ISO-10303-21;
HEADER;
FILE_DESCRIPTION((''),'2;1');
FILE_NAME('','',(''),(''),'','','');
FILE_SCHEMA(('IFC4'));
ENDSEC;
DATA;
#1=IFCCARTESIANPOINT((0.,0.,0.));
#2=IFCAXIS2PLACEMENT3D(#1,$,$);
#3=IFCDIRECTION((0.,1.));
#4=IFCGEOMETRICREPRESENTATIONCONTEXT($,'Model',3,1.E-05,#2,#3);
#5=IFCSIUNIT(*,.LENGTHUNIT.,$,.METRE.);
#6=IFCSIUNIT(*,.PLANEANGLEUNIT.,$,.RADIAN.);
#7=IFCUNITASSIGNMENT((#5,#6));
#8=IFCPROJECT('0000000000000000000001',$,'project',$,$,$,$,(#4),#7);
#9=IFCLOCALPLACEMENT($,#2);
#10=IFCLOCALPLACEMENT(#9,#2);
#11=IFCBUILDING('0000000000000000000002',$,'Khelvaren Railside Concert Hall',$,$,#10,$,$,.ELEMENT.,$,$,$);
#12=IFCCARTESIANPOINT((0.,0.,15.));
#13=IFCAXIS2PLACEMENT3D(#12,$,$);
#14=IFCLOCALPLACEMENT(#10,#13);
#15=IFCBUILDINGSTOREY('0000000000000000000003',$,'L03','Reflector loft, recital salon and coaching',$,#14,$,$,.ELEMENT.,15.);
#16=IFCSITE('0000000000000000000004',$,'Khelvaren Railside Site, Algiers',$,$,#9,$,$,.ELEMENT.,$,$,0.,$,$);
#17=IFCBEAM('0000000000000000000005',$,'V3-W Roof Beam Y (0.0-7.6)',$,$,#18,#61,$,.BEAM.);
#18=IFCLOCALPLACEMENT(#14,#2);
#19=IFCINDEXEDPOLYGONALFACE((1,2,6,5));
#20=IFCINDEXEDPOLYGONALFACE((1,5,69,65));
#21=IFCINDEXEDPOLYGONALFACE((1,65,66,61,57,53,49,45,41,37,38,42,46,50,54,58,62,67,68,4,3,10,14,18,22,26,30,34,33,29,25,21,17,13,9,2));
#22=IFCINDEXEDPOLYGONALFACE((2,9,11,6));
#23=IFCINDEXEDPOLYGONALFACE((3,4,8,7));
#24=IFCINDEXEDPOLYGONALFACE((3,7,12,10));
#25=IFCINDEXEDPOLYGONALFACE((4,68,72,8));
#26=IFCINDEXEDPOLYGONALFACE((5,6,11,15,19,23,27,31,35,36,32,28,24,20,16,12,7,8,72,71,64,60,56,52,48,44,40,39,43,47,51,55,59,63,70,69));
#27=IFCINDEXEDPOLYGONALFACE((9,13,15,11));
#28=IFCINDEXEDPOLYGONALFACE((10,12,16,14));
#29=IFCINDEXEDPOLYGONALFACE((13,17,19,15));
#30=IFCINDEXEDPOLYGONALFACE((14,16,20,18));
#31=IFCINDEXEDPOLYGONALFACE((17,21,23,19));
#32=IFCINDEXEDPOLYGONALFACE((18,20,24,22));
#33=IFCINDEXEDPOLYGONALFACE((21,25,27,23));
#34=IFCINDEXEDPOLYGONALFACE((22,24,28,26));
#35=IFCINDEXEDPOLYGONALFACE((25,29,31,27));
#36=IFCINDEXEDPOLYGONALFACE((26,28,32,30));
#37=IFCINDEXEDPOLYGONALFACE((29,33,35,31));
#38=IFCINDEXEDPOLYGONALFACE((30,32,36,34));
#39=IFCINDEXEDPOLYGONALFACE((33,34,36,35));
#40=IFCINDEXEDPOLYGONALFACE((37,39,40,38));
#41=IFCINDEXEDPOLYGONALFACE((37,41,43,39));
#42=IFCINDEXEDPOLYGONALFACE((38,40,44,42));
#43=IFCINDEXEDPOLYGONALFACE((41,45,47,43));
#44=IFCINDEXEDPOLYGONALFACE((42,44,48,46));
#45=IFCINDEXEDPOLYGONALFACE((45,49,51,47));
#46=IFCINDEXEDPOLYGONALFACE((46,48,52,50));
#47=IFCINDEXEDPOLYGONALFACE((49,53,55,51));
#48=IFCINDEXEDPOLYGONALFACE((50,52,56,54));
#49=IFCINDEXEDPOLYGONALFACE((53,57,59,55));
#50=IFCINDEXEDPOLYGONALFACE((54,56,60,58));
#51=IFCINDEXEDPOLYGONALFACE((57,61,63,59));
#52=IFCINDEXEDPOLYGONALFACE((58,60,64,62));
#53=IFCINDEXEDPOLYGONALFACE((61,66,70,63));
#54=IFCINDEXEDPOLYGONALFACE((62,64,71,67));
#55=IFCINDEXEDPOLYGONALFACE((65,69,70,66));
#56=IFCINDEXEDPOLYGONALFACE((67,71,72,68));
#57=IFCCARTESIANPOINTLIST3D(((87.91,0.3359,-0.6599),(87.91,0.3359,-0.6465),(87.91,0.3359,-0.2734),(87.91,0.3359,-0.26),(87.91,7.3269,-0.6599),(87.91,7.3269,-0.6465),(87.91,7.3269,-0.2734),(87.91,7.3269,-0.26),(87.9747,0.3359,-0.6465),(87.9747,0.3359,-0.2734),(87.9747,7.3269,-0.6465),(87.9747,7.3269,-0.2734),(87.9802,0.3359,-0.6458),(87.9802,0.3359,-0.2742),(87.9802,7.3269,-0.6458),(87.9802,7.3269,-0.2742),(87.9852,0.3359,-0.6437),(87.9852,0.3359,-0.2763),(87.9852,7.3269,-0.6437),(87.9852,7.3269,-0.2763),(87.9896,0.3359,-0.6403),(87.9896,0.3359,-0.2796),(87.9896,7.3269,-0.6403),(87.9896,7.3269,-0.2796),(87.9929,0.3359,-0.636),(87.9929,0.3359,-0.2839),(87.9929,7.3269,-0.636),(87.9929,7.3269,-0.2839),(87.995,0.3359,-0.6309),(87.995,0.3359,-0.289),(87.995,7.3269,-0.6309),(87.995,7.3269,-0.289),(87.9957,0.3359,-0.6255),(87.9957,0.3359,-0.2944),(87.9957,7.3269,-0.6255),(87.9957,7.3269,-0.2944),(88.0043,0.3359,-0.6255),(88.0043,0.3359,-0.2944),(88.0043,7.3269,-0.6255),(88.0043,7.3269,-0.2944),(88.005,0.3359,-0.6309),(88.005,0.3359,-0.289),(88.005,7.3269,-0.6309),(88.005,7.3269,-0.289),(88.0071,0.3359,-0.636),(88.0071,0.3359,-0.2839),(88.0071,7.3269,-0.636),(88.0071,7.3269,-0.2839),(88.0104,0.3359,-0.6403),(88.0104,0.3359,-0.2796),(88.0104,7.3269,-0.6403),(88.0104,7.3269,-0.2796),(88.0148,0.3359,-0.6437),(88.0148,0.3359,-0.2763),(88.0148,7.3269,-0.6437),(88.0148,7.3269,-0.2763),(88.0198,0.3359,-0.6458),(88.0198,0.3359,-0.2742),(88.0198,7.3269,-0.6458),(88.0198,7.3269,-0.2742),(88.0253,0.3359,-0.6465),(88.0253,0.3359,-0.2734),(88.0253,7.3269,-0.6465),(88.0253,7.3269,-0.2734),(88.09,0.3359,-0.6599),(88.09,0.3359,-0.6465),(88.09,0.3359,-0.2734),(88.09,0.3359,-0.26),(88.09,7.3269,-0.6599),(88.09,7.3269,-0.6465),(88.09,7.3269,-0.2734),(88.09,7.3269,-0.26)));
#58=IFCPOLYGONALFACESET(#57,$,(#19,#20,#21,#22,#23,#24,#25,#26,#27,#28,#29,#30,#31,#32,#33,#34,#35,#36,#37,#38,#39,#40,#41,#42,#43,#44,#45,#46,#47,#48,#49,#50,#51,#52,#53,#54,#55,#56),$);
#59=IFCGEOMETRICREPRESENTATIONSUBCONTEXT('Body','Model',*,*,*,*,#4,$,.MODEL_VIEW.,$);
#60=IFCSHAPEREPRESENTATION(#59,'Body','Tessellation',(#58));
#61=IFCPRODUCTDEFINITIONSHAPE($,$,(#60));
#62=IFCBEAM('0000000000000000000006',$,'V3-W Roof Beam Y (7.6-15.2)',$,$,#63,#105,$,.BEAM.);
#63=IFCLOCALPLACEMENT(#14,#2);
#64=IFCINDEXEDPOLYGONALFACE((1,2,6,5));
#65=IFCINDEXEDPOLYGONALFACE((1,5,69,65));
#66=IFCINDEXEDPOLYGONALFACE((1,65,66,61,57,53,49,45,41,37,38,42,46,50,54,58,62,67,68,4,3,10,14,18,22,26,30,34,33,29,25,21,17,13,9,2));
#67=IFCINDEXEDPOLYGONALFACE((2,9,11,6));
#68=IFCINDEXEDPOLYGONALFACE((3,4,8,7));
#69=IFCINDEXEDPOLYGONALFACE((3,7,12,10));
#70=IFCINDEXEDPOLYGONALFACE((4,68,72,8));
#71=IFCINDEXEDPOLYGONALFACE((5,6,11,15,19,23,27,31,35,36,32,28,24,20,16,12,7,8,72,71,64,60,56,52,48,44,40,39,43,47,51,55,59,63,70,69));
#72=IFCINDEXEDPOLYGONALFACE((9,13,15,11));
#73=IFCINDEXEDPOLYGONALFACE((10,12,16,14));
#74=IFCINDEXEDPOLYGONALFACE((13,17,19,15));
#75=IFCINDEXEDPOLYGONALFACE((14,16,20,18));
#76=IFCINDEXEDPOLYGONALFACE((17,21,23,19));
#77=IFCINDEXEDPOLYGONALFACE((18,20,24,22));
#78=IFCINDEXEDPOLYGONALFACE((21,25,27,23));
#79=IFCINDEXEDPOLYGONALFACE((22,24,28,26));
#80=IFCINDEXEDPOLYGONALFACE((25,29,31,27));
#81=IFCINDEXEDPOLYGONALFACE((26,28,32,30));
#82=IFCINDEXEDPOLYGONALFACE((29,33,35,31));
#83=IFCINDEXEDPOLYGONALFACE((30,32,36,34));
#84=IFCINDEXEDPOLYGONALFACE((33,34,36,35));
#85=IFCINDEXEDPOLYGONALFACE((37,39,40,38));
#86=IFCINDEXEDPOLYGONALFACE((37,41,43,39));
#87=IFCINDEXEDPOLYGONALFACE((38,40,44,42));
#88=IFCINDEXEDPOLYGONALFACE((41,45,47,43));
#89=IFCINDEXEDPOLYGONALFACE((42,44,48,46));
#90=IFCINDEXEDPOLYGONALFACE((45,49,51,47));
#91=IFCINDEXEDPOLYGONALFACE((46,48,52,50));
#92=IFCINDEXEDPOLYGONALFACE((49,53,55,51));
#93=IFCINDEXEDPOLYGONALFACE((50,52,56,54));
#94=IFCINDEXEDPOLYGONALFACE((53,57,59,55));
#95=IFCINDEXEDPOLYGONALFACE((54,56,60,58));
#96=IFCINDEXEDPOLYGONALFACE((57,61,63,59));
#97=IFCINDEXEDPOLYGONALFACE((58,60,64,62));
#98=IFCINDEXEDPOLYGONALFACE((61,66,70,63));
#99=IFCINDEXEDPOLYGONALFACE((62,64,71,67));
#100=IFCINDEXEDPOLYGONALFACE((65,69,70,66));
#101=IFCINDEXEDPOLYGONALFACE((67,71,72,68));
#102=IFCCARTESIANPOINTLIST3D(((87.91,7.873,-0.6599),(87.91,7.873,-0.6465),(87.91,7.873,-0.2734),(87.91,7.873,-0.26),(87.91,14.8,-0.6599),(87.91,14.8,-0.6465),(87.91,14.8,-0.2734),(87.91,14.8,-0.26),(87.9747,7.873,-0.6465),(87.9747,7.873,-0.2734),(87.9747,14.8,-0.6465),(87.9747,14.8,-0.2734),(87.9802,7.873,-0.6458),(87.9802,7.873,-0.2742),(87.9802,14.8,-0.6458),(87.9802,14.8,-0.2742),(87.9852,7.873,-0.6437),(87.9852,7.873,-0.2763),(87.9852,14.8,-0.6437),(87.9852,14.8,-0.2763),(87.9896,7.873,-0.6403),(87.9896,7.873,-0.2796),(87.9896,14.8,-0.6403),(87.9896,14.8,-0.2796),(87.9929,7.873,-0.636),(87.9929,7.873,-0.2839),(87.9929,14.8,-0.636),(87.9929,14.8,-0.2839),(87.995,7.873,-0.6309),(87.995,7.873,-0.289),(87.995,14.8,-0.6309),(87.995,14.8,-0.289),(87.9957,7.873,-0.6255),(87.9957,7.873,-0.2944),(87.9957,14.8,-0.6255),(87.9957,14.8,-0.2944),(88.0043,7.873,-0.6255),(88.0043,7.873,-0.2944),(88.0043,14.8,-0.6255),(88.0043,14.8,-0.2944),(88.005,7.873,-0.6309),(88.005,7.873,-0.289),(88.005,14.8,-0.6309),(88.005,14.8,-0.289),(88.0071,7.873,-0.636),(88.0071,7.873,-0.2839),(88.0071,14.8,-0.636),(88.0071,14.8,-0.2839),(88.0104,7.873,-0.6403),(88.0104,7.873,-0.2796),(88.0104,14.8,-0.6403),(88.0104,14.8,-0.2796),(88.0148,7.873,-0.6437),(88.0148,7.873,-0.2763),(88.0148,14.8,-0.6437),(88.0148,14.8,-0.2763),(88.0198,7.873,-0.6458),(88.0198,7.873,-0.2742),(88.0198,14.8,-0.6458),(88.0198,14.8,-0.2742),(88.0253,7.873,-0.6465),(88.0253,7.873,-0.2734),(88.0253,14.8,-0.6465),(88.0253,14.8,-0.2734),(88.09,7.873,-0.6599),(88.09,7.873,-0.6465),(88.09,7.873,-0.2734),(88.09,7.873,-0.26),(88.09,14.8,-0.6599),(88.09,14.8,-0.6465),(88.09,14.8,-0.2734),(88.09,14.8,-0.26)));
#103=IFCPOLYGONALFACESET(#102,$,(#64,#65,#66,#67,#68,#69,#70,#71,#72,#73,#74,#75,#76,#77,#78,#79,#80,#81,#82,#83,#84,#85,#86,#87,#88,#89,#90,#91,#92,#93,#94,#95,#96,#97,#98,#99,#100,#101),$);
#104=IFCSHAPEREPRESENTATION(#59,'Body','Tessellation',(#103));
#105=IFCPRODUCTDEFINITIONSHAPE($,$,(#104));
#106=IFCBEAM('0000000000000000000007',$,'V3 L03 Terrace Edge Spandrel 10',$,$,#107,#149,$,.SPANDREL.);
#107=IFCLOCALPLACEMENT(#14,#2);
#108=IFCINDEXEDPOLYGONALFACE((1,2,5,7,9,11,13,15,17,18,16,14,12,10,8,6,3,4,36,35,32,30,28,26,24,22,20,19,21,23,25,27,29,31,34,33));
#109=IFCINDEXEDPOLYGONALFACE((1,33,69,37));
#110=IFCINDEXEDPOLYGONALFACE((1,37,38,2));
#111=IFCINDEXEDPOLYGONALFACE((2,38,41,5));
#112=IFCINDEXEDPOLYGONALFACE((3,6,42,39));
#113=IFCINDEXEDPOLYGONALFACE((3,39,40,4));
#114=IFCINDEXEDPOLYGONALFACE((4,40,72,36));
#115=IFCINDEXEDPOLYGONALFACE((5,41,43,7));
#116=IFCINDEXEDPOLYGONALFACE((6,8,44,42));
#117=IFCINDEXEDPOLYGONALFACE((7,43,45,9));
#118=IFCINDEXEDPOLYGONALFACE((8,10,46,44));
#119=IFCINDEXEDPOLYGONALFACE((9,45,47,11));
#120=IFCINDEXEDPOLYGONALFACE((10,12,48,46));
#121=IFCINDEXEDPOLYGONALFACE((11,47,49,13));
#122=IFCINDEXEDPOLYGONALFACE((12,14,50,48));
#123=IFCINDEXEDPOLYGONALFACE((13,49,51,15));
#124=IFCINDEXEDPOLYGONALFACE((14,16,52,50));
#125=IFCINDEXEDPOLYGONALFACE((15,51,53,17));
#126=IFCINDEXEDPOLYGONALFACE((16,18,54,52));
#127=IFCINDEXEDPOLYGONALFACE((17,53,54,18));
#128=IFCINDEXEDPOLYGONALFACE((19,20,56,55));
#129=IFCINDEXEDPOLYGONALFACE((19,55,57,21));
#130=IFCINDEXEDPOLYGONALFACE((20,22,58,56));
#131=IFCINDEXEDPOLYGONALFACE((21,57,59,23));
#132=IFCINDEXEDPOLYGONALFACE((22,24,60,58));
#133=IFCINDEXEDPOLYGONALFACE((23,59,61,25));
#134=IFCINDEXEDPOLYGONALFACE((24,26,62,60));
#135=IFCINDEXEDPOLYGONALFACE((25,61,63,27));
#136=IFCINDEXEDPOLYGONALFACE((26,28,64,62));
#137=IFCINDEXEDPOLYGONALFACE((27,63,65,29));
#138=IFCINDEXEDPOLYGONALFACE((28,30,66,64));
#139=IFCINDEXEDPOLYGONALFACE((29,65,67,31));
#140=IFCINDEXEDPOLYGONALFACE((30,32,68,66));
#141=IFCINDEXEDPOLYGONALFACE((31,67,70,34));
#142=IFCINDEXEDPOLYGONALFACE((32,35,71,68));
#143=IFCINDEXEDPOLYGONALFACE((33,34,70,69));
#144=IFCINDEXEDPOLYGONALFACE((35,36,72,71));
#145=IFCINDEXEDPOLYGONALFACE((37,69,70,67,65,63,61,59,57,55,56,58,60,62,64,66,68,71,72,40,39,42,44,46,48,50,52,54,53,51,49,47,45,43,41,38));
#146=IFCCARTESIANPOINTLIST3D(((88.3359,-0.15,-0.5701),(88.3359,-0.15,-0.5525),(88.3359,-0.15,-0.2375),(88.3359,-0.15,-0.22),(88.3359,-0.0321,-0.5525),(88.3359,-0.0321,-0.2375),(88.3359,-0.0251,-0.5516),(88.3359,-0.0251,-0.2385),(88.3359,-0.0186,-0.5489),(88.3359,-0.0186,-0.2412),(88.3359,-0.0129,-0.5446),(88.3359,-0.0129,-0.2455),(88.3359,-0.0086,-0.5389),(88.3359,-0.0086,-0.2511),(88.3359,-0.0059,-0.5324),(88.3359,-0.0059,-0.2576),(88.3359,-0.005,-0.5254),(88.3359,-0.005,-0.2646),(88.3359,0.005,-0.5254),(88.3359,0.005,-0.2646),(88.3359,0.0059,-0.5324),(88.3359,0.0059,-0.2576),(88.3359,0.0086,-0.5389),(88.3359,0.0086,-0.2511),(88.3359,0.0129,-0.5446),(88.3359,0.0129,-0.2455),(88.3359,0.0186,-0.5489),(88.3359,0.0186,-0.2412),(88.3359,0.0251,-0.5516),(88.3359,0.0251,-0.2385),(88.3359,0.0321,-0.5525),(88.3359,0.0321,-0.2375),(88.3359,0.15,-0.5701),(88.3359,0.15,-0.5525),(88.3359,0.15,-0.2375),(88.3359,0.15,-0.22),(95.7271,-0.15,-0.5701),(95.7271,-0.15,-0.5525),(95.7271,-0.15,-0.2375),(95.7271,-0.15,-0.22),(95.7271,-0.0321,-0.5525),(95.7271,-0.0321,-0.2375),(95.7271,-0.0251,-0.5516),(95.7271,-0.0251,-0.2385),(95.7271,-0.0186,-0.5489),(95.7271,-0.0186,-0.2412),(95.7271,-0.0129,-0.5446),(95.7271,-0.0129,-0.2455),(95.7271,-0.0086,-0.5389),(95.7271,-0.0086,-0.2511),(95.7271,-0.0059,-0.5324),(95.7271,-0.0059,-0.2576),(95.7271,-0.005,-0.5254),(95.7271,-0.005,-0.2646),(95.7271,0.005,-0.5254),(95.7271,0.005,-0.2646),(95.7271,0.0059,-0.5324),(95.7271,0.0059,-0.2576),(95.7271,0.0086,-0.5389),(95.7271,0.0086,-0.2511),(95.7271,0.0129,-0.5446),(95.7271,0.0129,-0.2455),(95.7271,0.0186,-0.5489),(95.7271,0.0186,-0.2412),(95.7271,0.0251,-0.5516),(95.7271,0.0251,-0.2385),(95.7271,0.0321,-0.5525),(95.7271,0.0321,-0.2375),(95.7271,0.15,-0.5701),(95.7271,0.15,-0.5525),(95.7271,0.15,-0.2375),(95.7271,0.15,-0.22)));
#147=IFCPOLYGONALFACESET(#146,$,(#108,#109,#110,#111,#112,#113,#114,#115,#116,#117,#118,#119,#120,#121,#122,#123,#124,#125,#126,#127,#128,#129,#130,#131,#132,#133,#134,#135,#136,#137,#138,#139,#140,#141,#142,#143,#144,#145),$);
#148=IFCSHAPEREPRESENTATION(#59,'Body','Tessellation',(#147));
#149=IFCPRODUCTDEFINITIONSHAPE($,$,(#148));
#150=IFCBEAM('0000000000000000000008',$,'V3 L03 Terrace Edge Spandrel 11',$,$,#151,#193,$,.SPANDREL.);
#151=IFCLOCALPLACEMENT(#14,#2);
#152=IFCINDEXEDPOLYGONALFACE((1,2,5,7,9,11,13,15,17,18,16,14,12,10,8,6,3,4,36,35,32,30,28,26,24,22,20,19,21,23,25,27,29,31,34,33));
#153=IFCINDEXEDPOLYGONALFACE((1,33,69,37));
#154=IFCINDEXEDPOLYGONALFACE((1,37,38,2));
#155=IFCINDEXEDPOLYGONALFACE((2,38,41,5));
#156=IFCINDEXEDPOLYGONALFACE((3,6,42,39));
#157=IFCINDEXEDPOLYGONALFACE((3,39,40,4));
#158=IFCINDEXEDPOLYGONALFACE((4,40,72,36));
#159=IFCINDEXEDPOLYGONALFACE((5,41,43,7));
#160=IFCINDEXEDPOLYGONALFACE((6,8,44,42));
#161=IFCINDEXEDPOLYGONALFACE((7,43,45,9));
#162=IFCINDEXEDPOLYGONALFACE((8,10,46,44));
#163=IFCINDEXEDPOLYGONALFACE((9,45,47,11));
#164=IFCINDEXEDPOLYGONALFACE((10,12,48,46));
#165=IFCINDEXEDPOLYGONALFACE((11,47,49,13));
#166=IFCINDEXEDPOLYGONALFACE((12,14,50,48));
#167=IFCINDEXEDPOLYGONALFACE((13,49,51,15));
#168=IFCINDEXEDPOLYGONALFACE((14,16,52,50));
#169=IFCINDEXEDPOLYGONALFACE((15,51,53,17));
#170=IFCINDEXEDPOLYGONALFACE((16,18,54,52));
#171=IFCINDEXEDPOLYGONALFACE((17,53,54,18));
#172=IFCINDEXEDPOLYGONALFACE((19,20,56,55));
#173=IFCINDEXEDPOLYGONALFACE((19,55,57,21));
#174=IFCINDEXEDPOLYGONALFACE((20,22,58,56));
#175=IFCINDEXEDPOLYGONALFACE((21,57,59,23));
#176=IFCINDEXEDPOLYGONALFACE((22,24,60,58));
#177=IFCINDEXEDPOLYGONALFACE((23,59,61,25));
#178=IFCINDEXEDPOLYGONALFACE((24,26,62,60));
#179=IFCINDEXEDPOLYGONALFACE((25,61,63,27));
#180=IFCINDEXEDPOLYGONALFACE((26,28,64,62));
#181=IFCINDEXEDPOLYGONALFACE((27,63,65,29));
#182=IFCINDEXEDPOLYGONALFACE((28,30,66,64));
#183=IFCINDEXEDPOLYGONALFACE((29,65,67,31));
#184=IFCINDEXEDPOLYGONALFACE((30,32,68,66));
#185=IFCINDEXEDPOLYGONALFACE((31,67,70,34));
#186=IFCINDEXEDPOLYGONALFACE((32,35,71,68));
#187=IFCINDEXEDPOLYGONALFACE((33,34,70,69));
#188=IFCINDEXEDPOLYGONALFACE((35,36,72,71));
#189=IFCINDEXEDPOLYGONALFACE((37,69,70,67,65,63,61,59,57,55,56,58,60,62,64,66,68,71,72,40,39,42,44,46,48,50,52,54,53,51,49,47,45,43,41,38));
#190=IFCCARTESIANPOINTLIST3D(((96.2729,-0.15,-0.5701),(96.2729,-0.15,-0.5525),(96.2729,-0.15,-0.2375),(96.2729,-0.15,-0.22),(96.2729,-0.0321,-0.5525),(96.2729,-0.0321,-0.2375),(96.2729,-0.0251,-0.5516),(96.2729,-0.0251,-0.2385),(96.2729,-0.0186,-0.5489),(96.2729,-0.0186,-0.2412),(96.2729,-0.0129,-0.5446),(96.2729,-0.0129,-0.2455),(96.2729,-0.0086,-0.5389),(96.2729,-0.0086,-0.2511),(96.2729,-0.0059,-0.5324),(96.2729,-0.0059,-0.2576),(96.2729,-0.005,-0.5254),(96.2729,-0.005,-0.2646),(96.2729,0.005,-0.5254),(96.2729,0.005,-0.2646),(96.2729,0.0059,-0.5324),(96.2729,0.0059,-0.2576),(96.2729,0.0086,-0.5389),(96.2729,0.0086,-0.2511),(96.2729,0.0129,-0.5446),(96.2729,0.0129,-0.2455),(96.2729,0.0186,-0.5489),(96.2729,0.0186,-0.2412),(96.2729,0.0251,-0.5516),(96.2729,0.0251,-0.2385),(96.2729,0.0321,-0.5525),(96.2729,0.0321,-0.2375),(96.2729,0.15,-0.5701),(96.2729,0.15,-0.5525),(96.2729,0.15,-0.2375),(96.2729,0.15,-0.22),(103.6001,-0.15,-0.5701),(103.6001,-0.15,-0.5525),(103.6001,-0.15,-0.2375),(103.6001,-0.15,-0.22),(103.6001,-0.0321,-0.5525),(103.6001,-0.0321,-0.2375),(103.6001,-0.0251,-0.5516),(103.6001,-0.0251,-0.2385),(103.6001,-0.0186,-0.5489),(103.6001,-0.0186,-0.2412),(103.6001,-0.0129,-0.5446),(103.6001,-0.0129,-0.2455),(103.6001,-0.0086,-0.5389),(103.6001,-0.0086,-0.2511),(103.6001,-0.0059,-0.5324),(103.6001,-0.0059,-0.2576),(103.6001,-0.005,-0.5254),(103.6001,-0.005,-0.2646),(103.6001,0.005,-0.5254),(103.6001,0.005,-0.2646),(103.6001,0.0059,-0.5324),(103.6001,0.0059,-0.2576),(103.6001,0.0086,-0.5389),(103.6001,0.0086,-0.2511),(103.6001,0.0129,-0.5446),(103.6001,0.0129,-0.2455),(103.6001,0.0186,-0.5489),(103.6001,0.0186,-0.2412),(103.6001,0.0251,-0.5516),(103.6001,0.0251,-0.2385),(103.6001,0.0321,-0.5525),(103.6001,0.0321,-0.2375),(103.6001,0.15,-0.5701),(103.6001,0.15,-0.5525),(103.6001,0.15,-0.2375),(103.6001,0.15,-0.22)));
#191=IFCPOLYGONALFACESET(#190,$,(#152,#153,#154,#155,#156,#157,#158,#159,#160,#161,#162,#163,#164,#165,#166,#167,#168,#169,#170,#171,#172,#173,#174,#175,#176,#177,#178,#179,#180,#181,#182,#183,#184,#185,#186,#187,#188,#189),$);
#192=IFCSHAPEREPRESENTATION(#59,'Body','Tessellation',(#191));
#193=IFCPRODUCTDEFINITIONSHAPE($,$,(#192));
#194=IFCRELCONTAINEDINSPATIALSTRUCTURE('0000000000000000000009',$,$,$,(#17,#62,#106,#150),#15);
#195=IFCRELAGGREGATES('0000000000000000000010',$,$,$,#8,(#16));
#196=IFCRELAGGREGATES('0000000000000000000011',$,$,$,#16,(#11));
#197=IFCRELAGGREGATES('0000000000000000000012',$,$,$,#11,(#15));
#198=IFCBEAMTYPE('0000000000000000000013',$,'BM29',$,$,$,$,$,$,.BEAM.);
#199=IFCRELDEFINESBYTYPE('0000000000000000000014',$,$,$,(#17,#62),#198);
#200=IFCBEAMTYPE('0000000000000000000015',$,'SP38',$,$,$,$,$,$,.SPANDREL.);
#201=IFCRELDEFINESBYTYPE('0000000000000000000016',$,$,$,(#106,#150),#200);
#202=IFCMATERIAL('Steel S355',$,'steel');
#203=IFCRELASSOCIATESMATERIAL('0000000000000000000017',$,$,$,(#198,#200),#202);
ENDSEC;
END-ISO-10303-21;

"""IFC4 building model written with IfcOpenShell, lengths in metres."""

from ifc_helpers import new_model, si_unit, direction, frame, origin, origin_2d, place, context, subcontext, project, spatial, i_section, extrude, material, material_profile, profile_set, type_object, element, save


model = new_model("IFC4")

# Units and contexts
model_context = context("Model", 3, precision=1e-05, world=origin(), true_north=direction((0.0, 1.0)))
body_context = subcontext(model_context, "Body", "Model", "MODEL_VIEW")
ifc_project = project(units=[si_unit("LENGTHUNIT", "METRE"), si_unit("PLANEANGLEUNIT", "RADIAN")], contexts=[model_context])

# Site, building, storey
site_placement = place(None, origin())
site = spatial("IfcSite", under=ifc_project, at=site_placement, Name="Khelvaren Railside Site, Algiers", CompositionType="ELEMENT", RefElevation=0.0)
building_placement = place(site_placement, origin())
building = spatial("IfcBuilding", under=site, at=building_placement, Name="Khelvaren Railside Concert Hall", CompositionType="ELEMENT")
storey_placement = place(building_placement, frame((0.0, 0.0, 15.0)))
storey = spatial("IfcBuildingStorey", under=building, at=storey_placement, Name="L03", Description="Reflector loft, recital salon and coaching", CompositionType="ELEMENT", Elevation=15.0)

# Beams
ifc_material_1 = material(Name="Steel S355", Category="steel")
ifc_material_profile_1 = material_profile(ifc_material_1, i_section(OverallWidth=0.1799, OverallDepth=0.3999, WebThickness=0.0085, FlangeThickness=0.0134, FilletRadius=0.021, at=origin_2d()), Name="IPE 400")
ifc_profile_set_1 = profile_set([ifc_material_profile_1], Name="Steel S355")
beam_type_1 = type_object("IfcBeamType", Name="BM29", PredefinedType="BEAM", material=ifc_profile_set_1)
for number, where, z_axis, x_axis, name in (
    (1, (88.0, 0.3359, -0.46), (0.0, 1.0, 0.0), (-1.0, 0.0, 0.0), "V3-W Roof Beam Y (0.0-7.6)"),
):
    element("IfcBeam", number, at=place(storey_placement, frame(where, z_axis=z_axis, x_axis=x_axis)), inside=storey, type_object=beam_type_1, Name=name, PredefinedType="BEAM", context=body_context, shape_type="SweptSolid", body=[
        extrude(i_section(OverallWidth=0.1799, OverallDepth=0.3999, WebThickness=0.0085, FlangeThickness=0.0134, FilletRadius=0.021, at=origin_2d()), origin(), (0.0, 0.0, 1.0), 6.991),
    ])
beam_1_placement = place(storey_placement, frame((88.0, 7.873, -0.46), z_axis=(0.0, 1.0, 0.0), x_axis=(-1.0, 0.0, 0.0)))
element("IfcBeam", 2, at=beam_1_placement, inside=storey, type_object=beam_type_1, Name="V3-W Roof Beam Y (7.6-15.2)", PredefinedType="BEAM", context=body_context, shape_type="SweptSolid", body=[
    extrude(i_section(OverallWidth=0.1799, OverallDepth=0.3999, WebThickness=0.0085, FlangeThickness=0.0134, FilletRadius=0.021, at=origin_2d()), origin(), (0.0, 0.0, 1.0), 6.927),
])
ifc_material_profile_2 = material_profile(ifc_material_1, i_section(OverallWidth=0.3, OverallDepth=0.3501, WebThickness=0.01, FlangeThickness=0.0176, FilletRadius=0.0271, at=origin_2d()), Name="HEA 360")
ifc_profile_set_2 = profile_set([ifc_material_profile_2], Name="Steel S355")
beam_type_2 = type_object("IfcBeamType", Name="SP38", PredefinedType="SPANDREL", material=ifc_profile_set_2)
beam_2_placement = place(storey_placement, frame((88.3359, 0.0, -0.395), z_axis=(1.0, 0.0, 0.0), x_axis=(0.0, 1.0, 0.0)))
element("IfcBeam", 3, at=beam_2_placement, inside=storey, type_object=beam_type_2, Name="V3 L03 Terrace Edge Spandrel 10", PredefinedType="SPANDREL", context=body_context, shape_type="SweptSolid", body=[
    extrude(i_section(OverallWidth=0.3, OverallDepth=0.3501, WebThickness=0.01, FlangeThickness=0.0176, FilletRadius=0.0271, at=origin_2d()), origin(), (0.0, 0.0, 1.0), 7.3911),
])
beam_3_placement = place(storey_placement, frame((96.2729, 0.0, -0.395), z_axis=(1.0, 0.0, 0.0), x_axis=(0.0, 1.0, 0.0)))
element("IfcBeam", 4, at=beam_3_placement, inside=storey, type_object=beam_type_2, Name="V3 L03 Terrace Edge Spandrel 11", PredefinedType="SPANDREL", context=body_context, shape_type="SweptSolid", body=[
    extrude(i_section(OverallWidth=0.3, OverallDepth=0.3501, WebThickness=0.01, FlangeThickness=0.0176, FilletRadius=0.0271, at=origin_2d()), origin(), (0.0, 0.0, 1.0), 7.3271),
])

save(model, "model.ifc")
